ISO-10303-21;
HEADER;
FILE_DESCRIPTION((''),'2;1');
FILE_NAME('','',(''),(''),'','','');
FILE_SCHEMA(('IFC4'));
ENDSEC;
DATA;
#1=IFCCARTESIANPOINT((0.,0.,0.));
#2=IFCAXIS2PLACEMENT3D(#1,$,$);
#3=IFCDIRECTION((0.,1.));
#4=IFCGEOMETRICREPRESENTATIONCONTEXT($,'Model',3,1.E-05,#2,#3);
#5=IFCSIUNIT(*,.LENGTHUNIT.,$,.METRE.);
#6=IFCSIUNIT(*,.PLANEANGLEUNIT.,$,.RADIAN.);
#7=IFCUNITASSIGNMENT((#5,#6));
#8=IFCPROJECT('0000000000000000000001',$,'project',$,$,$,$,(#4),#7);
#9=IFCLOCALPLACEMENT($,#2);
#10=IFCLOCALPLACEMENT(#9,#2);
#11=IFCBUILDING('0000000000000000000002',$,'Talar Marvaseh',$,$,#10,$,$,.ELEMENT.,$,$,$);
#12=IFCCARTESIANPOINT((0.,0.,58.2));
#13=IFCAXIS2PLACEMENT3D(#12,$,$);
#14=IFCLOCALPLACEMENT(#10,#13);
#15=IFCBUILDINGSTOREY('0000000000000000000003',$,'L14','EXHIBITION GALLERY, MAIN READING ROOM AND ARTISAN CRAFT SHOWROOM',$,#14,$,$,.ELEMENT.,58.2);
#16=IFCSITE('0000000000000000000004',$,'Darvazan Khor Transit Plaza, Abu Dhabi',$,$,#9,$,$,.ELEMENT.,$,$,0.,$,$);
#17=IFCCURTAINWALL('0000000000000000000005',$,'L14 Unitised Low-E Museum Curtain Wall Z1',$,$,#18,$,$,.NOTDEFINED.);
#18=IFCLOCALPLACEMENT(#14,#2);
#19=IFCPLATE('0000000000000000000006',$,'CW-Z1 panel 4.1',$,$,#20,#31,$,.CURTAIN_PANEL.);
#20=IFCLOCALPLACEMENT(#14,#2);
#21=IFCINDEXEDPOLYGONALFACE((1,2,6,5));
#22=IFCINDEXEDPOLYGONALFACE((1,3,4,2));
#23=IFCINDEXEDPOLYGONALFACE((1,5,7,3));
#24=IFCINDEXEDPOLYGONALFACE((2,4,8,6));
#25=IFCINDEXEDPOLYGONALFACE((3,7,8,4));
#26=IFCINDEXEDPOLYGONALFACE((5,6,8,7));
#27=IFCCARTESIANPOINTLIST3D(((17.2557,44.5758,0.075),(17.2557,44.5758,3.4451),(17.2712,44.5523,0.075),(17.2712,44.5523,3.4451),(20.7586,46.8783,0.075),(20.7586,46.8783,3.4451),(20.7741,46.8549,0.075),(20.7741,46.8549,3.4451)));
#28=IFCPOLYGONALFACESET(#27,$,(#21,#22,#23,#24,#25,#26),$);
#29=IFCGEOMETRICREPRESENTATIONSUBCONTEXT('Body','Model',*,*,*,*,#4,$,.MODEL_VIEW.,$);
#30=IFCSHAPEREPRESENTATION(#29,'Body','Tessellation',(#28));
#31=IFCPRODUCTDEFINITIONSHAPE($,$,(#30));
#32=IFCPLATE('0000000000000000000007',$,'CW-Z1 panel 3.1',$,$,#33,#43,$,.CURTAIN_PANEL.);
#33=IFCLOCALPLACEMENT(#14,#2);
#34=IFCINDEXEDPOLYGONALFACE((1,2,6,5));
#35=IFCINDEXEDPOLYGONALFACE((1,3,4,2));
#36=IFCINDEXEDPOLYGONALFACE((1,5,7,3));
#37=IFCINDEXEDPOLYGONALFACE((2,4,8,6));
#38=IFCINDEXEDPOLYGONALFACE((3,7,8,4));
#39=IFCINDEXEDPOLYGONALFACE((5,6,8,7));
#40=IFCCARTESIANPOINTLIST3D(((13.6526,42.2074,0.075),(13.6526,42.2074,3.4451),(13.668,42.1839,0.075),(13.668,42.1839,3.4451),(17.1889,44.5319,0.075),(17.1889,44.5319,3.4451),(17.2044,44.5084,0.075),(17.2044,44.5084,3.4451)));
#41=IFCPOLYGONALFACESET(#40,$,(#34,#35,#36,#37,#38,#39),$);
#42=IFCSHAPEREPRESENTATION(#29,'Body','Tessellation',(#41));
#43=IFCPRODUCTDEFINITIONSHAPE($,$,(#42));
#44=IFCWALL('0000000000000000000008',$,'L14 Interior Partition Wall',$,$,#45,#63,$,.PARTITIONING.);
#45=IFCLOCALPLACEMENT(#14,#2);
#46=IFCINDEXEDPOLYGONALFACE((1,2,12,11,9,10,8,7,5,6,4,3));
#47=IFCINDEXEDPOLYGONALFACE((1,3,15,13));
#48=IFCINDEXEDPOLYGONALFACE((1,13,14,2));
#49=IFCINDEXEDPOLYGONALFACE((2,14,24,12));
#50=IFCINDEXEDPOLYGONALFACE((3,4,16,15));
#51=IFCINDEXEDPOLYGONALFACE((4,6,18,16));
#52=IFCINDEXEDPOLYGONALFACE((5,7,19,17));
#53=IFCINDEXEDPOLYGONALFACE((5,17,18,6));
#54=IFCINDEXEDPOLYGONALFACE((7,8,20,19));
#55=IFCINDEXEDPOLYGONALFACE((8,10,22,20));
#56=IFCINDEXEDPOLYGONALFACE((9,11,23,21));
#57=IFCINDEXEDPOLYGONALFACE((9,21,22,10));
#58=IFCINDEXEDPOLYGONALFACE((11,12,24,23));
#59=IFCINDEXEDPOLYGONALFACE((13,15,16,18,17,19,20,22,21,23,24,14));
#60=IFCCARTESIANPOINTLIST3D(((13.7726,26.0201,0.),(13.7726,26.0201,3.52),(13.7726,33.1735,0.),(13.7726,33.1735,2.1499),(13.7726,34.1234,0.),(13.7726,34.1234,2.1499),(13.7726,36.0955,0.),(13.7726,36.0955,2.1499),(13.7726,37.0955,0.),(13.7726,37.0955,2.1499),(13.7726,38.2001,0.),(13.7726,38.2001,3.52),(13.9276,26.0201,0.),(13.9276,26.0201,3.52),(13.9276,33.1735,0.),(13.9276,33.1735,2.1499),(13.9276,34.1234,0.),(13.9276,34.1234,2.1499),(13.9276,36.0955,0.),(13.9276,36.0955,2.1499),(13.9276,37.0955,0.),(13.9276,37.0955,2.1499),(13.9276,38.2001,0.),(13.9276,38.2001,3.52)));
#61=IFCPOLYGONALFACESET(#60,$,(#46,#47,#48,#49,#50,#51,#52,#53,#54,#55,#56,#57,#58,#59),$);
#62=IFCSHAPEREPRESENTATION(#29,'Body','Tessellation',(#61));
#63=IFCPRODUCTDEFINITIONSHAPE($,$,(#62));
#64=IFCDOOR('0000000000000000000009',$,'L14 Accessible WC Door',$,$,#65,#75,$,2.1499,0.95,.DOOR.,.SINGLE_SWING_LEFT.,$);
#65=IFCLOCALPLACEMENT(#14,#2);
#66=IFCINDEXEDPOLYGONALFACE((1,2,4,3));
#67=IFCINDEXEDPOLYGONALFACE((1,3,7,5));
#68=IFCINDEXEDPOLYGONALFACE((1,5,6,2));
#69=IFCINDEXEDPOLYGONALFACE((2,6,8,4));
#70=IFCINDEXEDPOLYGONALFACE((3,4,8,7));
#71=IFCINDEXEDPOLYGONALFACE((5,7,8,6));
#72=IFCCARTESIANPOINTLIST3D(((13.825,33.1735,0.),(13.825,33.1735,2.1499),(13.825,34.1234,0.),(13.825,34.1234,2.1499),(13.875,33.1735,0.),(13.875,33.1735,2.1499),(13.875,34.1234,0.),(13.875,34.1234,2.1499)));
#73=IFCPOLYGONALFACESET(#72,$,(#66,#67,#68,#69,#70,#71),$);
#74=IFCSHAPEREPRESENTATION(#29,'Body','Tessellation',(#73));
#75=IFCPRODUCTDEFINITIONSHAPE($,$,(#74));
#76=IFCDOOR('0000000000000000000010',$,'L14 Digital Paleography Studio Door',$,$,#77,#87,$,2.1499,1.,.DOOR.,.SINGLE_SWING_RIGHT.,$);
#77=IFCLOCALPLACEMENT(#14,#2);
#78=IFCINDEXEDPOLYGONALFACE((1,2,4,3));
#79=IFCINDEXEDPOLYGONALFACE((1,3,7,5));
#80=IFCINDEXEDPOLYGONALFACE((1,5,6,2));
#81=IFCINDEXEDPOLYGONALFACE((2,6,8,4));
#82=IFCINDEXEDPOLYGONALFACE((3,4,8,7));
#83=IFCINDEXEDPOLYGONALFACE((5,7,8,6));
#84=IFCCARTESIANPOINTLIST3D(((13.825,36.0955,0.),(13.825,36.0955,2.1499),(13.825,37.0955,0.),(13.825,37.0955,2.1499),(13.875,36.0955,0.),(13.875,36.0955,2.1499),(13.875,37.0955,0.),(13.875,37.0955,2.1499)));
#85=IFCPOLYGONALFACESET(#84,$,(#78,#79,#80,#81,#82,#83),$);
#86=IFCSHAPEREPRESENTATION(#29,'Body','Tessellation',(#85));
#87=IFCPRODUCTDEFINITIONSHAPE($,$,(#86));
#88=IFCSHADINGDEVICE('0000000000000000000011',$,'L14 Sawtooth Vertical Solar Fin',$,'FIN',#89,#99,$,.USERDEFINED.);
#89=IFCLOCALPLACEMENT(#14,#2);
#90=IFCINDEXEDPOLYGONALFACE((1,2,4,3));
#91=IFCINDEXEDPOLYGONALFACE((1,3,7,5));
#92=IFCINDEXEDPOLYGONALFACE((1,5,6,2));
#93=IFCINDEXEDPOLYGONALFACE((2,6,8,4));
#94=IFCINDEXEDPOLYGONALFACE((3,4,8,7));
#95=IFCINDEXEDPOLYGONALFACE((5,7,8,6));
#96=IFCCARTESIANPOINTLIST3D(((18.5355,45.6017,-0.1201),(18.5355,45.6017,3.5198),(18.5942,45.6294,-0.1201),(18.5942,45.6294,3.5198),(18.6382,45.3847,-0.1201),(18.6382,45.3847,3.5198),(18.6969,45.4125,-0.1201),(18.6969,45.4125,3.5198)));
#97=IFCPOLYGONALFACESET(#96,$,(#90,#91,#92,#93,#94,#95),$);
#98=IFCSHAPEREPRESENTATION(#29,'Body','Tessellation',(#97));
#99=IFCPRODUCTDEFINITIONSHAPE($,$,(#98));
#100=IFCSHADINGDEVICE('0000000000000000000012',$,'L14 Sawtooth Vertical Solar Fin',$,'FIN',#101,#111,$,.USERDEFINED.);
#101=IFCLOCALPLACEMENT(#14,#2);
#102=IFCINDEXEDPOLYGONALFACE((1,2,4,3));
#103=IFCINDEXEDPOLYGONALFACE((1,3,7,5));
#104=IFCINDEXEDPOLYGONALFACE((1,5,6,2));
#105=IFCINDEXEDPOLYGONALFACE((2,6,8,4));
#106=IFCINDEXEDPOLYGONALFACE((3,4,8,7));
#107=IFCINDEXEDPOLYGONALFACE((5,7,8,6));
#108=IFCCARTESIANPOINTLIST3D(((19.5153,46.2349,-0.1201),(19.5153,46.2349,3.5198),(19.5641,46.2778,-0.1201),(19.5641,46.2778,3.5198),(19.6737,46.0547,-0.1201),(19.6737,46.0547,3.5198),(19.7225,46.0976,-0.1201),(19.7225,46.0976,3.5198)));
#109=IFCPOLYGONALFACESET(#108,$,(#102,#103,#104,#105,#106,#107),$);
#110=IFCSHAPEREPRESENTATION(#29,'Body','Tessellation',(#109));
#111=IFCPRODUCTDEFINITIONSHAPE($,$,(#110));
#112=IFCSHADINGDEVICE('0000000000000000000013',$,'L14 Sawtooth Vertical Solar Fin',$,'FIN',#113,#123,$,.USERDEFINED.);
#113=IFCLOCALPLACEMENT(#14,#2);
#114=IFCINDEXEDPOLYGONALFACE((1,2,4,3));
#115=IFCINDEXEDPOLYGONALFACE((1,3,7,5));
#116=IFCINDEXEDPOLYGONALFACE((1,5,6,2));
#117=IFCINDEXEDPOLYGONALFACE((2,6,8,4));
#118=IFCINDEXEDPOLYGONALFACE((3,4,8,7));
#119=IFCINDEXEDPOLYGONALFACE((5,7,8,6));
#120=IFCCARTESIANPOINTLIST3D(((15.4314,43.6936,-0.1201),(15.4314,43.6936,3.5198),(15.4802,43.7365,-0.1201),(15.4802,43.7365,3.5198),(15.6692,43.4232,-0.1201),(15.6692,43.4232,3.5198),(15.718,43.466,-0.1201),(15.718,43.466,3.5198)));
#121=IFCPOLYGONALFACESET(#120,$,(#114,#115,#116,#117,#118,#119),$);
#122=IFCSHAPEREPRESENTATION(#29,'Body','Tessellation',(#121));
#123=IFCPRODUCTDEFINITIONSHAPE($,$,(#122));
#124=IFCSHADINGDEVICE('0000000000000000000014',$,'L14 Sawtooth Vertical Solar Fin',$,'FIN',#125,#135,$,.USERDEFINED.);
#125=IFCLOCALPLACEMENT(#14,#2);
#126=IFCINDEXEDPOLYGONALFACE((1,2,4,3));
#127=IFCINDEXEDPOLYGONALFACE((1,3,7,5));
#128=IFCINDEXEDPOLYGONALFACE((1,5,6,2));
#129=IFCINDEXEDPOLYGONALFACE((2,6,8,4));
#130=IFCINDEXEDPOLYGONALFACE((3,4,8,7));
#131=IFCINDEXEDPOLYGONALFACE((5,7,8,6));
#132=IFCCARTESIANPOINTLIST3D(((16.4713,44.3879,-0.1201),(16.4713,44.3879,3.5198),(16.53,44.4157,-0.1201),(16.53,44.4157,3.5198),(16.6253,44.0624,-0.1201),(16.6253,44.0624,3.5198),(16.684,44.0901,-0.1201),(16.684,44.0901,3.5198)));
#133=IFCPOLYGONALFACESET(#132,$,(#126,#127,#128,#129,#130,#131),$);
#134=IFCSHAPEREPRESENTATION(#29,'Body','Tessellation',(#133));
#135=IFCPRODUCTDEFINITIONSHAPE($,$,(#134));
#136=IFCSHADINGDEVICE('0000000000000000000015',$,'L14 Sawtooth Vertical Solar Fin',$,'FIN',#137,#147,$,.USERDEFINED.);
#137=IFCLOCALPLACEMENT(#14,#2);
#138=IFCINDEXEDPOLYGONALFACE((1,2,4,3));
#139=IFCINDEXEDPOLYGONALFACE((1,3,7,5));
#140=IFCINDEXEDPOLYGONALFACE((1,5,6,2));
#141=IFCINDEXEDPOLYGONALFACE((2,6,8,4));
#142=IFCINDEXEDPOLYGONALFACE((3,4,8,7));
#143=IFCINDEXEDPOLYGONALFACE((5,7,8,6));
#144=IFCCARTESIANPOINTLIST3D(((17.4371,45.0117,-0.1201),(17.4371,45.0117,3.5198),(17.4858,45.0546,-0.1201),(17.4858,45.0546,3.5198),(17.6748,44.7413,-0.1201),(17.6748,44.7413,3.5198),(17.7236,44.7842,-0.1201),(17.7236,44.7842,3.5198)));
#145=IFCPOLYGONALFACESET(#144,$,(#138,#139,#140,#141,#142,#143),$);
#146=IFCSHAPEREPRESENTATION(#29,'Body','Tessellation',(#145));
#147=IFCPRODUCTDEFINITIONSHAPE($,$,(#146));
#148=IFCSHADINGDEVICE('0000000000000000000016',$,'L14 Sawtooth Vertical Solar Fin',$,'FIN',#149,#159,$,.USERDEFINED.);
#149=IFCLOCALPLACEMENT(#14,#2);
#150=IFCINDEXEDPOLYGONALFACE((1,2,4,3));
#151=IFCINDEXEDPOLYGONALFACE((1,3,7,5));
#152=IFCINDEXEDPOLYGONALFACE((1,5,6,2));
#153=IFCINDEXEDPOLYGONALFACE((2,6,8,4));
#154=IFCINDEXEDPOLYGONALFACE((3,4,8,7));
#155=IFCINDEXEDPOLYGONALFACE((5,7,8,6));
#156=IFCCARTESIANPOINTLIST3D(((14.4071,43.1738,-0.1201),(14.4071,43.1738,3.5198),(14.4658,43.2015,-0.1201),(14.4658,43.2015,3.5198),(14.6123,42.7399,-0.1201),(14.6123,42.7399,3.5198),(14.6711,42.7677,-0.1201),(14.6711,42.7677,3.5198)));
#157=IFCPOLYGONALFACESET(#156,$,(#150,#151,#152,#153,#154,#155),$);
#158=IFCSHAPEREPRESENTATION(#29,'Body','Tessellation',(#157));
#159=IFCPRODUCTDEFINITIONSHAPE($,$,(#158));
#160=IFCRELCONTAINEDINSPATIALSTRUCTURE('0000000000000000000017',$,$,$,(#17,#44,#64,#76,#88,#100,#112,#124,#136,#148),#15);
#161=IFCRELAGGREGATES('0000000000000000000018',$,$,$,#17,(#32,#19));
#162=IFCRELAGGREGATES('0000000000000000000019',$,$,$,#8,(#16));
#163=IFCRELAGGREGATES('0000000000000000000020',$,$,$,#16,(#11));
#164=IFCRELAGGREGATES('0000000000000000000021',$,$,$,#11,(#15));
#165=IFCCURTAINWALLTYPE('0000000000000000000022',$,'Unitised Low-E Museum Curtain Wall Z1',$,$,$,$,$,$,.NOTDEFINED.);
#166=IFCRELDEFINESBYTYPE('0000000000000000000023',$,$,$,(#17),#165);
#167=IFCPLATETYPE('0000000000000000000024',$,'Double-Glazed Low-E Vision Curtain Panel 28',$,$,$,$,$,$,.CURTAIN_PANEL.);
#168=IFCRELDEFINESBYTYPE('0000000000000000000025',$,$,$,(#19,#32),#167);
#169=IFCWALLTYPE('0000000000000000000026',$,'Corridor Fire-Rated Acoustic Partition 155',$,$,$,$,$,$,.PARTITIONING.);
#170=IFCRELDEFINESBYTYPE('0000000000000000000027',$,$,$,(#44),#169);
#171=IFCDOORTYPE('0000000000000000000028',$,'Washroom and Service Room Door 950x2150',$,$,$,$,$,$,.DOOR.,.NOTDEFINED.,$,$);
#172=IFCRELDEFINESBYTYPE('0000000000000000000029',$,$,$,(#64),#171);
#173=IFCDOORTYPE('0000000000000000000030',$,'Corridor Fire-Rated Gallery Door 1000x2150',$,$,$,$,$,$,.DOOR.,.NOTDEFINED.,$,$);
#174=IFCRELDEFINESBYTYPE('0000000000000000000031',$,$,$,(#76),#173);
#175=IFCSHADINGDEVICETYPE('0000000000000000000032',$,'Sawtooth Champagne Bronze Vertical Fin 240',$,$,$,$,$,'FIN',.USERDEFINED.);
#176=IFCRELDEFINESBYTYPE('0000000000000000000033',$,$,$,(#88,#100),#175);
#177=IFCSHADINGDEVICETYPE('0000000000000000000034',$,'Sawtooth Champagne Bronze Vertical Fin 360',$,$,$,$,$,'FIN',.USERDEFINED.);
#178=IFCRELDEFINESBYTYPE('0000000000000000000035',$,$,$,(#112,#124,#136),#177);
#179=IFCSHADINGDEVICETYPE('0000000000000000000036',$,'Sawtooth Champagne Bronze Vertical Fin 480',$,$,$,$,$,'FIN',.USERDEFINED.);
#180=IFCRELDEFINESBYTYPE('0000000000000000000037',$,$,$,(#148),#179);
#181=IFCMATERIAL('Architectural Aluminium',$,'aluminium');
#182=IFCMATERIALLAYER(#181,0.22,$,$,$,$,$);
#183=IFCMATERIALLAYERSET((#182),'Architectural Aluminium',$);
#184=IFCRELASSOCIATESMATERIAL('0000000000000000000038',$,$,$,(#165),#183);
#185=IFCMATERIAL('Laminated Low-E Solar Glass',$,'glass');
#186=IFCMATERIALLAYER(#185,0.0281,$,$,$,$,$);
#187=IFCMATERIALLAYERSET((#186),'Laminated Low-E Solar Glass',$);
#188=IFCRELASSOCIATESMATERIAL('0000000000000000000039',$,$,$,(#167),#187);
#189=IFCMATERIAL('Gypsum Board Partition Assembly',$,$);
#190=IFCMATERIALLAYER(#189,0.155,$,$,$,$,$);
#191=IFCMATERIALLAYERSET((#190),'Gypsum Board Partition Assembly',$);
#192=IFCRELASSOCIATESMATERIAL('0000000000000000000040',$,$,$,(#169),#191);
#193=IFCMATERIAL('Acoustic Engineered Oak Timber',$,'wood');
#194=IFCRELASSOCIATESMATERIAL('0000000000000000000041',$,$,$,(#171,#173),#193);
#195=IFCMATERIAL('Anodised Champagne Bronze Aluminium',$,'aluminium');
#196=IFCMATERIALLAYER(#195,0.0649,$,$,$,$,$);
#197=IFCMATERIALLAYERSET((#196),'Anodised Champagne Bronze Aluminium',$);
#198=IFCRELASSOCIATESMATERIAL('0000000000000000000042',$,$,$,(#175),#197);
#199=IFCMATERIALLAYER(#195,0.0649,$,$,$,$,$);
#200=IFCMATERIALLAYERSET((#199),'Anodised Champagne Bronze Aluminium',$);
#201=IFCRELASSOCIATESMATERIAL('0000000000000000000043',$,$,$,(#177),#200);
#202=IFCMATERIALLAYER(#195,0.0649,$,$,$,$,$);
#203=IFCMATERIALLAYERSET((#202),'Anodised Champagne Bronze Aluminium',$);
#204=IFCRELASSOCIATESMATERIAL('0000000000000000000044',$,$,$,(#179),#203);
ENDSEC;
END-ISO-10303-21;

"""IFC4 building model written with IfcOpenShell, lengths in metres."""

from ifc_helpers import new_model, si_unit, direction, frame, frame_2d, origin, origin_2d, place, context, subcontext, project, spatial, rectangle, extrude, source, transform, mapped, material, layer, layer_set, type_object, type_shapes, element, fill, aggregate, save


model = new_model("IFC4")

# Units and contexts
model_context = context("Model", 3, precision=1e-05, world=origin(), true_north=direction((0.0, 1.0)))
body_context = subcontext(model_context, "Body", "Model", "MODEL_VIEW")
ifc_project = project(units=[si_unit("LENGTHUNIT", "METRE"), si_unit("PLANEANGLEUNIT", "RADIAN")], contexts=[model_context])

# Site, building, storey
site_placement = place(None, origin())
site = spatial("IfcSite", under=ifc_project, at=site_placement, Name="Darvazan Khor Transit Plaza, Abu Dhabi", CompositionType="ELEMENT", RefElevation=0.0)
building_placement = place(site_placement, origin())
building = spatial("IfcBuilding", under=site, at=building_placement, Name="Talar Marvaseh", CompositionType="ELEMENT")
storey_placement = place(building_placement, frame((0.0, 0.0, 58.2)))
storey = spatial("IfcBuildingStorey", under=building, at=storey_placement, Name="L14", Description="EXHIBITION GALLERY, MAIN READING ROOM AND ARTISAN CRAFT SHOWROOM", CompositionType="ELEMENT", Elevation=58.2)

# Curtain wall, plates
ifc_material_1 = material(Name="Architectural Aluminium", Category="aluminium")
ifc_layer_1 = layer(ifc_material_1, 0.22)
ifc_layer_set_1 = layer_set([ifc_layer_1], Name="Architectural Aluminium")
curtain_wall_type = type_object("IfcCurtainWallType", Name="Unitised Low-E Museum Curtain Wall Z1", PredefinedType="NOTDEFINED", material=ifc_layer_set_1)
curtain_wall_placement = place(storey_placement, origin())
curtain_wall = element("IfcCurtainWall", 1, at=curtain_wall_placement, inside=storey, type_object=curtain_wall_type, Name="L14 Unitised Low-E Museum Curtain Wall Z1", PredefinedType="NOTDEFINED")
ifc_material_2 = material(Name="Laminated Low-E Solar Glass", Category="glass")
ifc_layer_2 = layer(ifc_material_2, 0.0281)
ifc_layer_set_2 = layer_set([ifc_layer_2], Name="Laminated Low-E Solar Glass")
plate_type = type_object("IfcPlateType", Name="Double-Glazed Low-E Vision Curtain Panel 28", PredefinedType="CURTAIN_PANEL", material=ifc_layer_set_2)
shared_shape_1 = source(origin(), body_context, "Body", "SweptSolid", [
    extrude(rectangle(XDim=4.1919, YDim=0.0281, at=origin_2d()), origin(), (0.0, 0.0, 1.0), 3.3701),
])
plate_1_placement = place(storey_placement, frame((19.0149, 45.7153, 0.075), z_axis=(0.0, 0.0, 1.0), x_axis=(0.835636, 0.549283, 0.0)))
plate_1 = element("IfcPlate", 2, at=plate_1_placement, type_object=plate_type, Name="CW-Z1 panel 4.1", PredefinedType="CURTAIN_PANEL", context=body_context, shape_type="MappedRepresentation", body=[
    mapped(shared_shape_1, transform((0.0, 0.0, 0.0), x_axis=(1.0, 0.0, 0.0), y_axis=(0.0, 1.0, 0.0), z_axis=(0.0, 0.0, 1.0), scale=1.0)),
])
shared_shape_2 = source(origin(), body_context, "Body", "SweptSolid", [
    extrude(rectangle(XDim=4.2319, YDim=0.0281, at=origin_2d()), origin(), (0.0, 0.0, 1.0), 3.3701),
])
type_shapes(plate_type, [shared_shape_1, shared_shape_2])
plate_2_placement = place(storey_placement, frame((15.4285, 43.3579, 0.075), z_axis=(0.0, 0.0, 1.0), x_axis=(0.835636, 0.549283, 0.0)))
plate_2 = element("IfcPlate", 3, at=plate_2_placement, type_object=plate_type, Name="CW-Z1 panel 3.1", PredefinedType="CURTAIN_PANEL", context=body_context, shape_type="MappedRepresentation", body=[
    mapped(shared_shape_2, transform((0.0, 0.0, 0.0), x_axis=(1.0, 0.0, 0.0), y_axis=(0.0, 1.0, 0.0), z_axis=(0.0, 0.0, 1.0), scale=1.0)),
])
aggregate(curtain_wall, [plate_2, plate_1])

# Wall, openings, doors
ifc_material_3 = material(Name="Gypsum Board Partition Assembly")
ifc_layer_3 = layer(ifc_material_3, 0.155)
ifc_layer_set_3 = layer_set([ifc_layer_3], Name="Gypsum Board Partition Assembly")
wall_type = type_object("IfcWallType", Name="Corridor Fire-Rated Acoustic Partition 155", PredefinedType="PARTITIONING", material=ifc_layer_set_3)
wall_placement = place(storey_placement, frame((13.8501, 38.2, 0.0), z_axis=(0.0, 0.0, 1.0), x_axis=(0.0, -1.0, 0.0)))
wall = element("IfcWall", 4, at=wall_placement, inside=storey, type_object=wall_type, Name="L14 Interior Partition Wall", PredefinedType="PARTITIONING", context=body_context, shape_type="SweptSolid", body=[
    extrude(rectangle(XDim=12.1799, YDim=0.155, at=frame_2d((6.0898, 0.0))), origin(), (0.0, 0.0, 1.0), 3.52),
])
opening_1_placement = place(wall_placement, frame((1.1045, 0.0, 0.0)))
opening_1 = element("IfcOpeningElement", 5, at=opening_1_placement, cuts=wall, PredefinedType="OPENING", context=body_context, shape_type="SweptSolid", body=[
    extrude(rectangle(XDim=1.0, YDim=2.1499, at=frame_2d((0.5, 1.075))), frame((0.0, 0.0874, 0.0), z_axis=(0.0, -1.0, 0.0), x_axis=(1.0, 0.0, 0.0)), (0.0, 0.0, 1.0), 0.175),
])
opening_2_placement = place(wall_placement, frame((4.0764, 0.0, 0.0)))
opening_2 = element("IfcOpeningElement", 6, at=opening_2_placement, cuts=wall, PredefinedType="OPENING", context=body_context, shape_type="SweptSolid", body=[
    extrude(rectangle(XDim=0.95, YDim=2.1499, at=frame_2d((0.4751, 1.075))), frame((0.0, 0.0874, 0.0), z_axis=(0.0, -1.0, 0.0), x_axis=(1.0, 0.0, 0.0)), (0.0, 0.0, 1.0), 0.175),
])
ifc_material_4 = material(Name="Acoustic Engineered Oak Timber", Category="wood")
door_type_1 = type_object("IfcDoorType", Name="Washroom and Service Room Door 950x2150", OperationType="NOTDEFINED", PredefinedType="DOOR", material=ifc_material_4)
shared_shape_3 = source(origin(), body_context, "Body", "SweptSolid", [
    extrude(rectangle(XDim=0.95, YDim=2.1499, at=frame_2d((0.4751, 1.075))), frame((0.0, 0.0249, 0.0), z_axis=(0.0, -1.0, 0.0), x_axis=(1.0, 0.0, 0.0)), (0.0, 0.0, 1.0), 0.05),
])
type_shapes(door_type_1, [shared_shape_3])
door_1_placement = place(opening_2_placement, origin())
door_1 = element("IfcDoor", 7, at=door_1_placement, inside=storey, type_object=door_type_1, Name="L14 Accessible WC Door", OperationType="SINGLE_SWING_LEFT", OverallHeight=2.1499, OverallWidth=0.95, PredefinedType="DOOR", context=body_context, shape_type="MappedRepresentation", body=[
    mapped(shared_shape_3, transform((0.0, 0.0, 0.0), x_axis=(1.0, 0.0, 0.0), y_axis=(0.0, 1.0, 0.0), z_axis=(0.0, 0.0, 1.0), scale=1.0)),
])
fill(opening_2, door_1)
door_type_2 = type_object("IfcDoorType", Name="Corridor Fire-Rated Gallery Door 1000x2150", OperationType="NOTDEFINED", PredefinedType="DOOR", material=ifc_material_4)
shared_shape_4 = source(origin(), body_context, "Body", "SweptSolid", [
    extrude(rectangle(XDim=1.0, YDim=2.1499, at=frame_2d((0.5, 1.075))), frame((0.0, 0.0249, 0.0), z_axis=(0.0, -1.0, 0.0), x_axis=(1.0, 0.0, 0.0)), (0.0, 0.0, 1.0), 0.05),
])
type_shapes(door_type_2, [shared_shape_4])
door_2_placement = place(opening_1_placement, origin())
door_2 = element("IfcDoor", 8, at=door_2_placement, inside=storey, type_object=door_type_2, Name="L14 Digital Paleography Studio Door", OperationType="SINGLE_SWING_RIGHT", OverallHeight=2.1499, OverallWidth=1.0, PredefinedType="DOOR", context=body_context, shape_type="MappedRepresentation", body=[
    mapped(shared_shape_4, transform((0.0, 0.0, 0.0), x_axis=(1.0, 0.0, 0.0), y_axis=(0.0, 1.0, 0.0), z_axis=(0.0, 0.0, 1.0), scale=1.0)),
])
fill(opening_1, door_2)

# Shading devices
ifc_material_5 = material(Name="Anodised Champagne Bronze Aluminium", Category="aluminium")
ifc_layer_4 = layer(ifc_material_5, 0.0649)
ifc_layer_set_4 = layer_set([ifc_layer_4], Name="Anodised Champagne Bronze Aluminium")
shading_device_type_1 = type_object("IfcShadingDeviceType", Name="Sawtooth Champagne Bronze Vertical Fin 240", ElementType="FIN", PredefinedType="USERDEFINED", material=ifc_layer_set_4)
shared_shape_5 = source(origin(), body_context, "Body", "SweptSolid", [
    extrude(rectangle(XDim=0.24, YDim=0.0649, at=origin_2d()), origin(), (0.0, 0.0, 1.0), 3.6399),
])
type_shapes(shading_device_type_1, [shared_shape_5])
for number, where, z_axis, x_axis, name in (
    (9, (18.6162, 45.5071, -0.1201), (0.0, 0.0, 1.0), (-0.427673, 0.903933, 0.0), "L14 Sawtooth Vertical Solar Fin"),
    (10, (19.6189, 46.1663, -0.1201), (0.0, 0.0, 1.0), (-0.660264, 0.751034, 0.0), "L14 Sawtooth Vertical Solar Fin"),
):
    element("IfcShadingDevice", number, at=place(storey_placement, frame(where, z_axis=z_axis, x_axis=x_axis)), inside=storey, type_object=shading_device_type_1, Name=name, ObjectType="FIN", PredefinedType="USERDEFINED", context=body_context, shape_type="MappedRepresentation", body=[
        mapped(shared_shape_5, transform((0.0, 0.0, 0.0), x_axis=(1.0, 0.0, 0.0), y_axis=(0.0, 1.0, 0.0), z_axis=(0.0, 0.0, 1.0), scale=1.0)),
    ])
ifc_layer_5 = layer(ifc_material_5, 0.0649)
ifc_layer_set_5 = layer_set([ifc_layer_5], Name="Anodised Champagne Bronze Aluminium")
shading_device_type_2 = type_object("IfcShadingDeviceType", Name="Sawtooth Champagne Bronze Vertical Fin 360", ElementType="FIN", PredefinedType="USERDEFINED", material=ifc_layer_set_5)
shared_shape_6 = source(origin(), body_context, "Body", "SweptSolid", [
    extrude(rectangle(XDim=0.3601, YDim=0.0649, at=origin_2d()), origin(), (0.0, 0.0, 1.0), 3.6399),
])
type_shapes(shading_device_type_2, [shared_shape_6])
for number, where, z_axis, x_axis, name in (
    (11, (15.5747, 43.5798, -0.1201), (0.0, 0.0, 1.0), (-0.660264, 0.751034, 0.0), "L14 Sawtooth Vertical Solar Fin"),
    (12, (16.5776, 44.239, -0.1201), (0.0, 0.0, 1.0), (-0.427673, 0.903933, 0.0), "L14 Sawtooth Vertical Solar Fin"),
    (13, (17.5803, 44.8979, -0.1201), (0.0, 0.0, 1.0), (-0.660264, 0.751034, 0.0), "L14 Sawtooth Vertical Solar Fin"),
):
    element("IfcShadingDevice", number, at=place(storey_placement, frame(where, z_axis=z_axis, x_axis=x_axis)), inside=storey, type_object=shading_device_type_2, Name=name, ObjectType="FIN", PredefinedType="USERDEFINED", context=body_context, shape_type="MappedRepresentation", body=[
        mapped(shared_shape_6, transform((0.0, 0.0, 0.0), x_axis=(1.0, 0.0, 0.0), y_axis=(0.0, 1.0, 0.0), z_axis=(0.0, 0.0, 1.0), scale=1.0)),
    ])
ifc_layer_6 = layer(ifc_material_5, 0.0649)
ifc_layer_set_6 = layer_set([ifc_layer_6], Name="Anodised Champagne Bronze Aluminium")
shading_device_type_3 = type_object("IfcShadingDeviceType", Name="Sawtooth Champagne Bronze Vertical Fin 480", ElementType="FIN", PredefinedType="USERDEFINED", material=ifc_layer_set_6)
shared_shape_7 = source(origin(), body_context, "Body", "SweptSolid", [
    extrude(rectangle(XDim=0.48, YDim=0.0649, at=origin_2d()), origin(), (0.0, 0.0, 1.0), 3.6399),
])
type_shapes(shading_device_type_3, [shared_shape_7])
shading_device_placement = place(storey_placement, frame((14.5391, 42.9707, -0.1201), z_axis=(0.0, 0.0, 1.0), x_axis=(-0.427673, 0.903933, 0.0)))
element("IfcShadingDevice", 14, at=shading_device_placement, inside=storey, type_object=shading_device_type_3, Name="L14 Sawtooth Vertical Solar Fin", ObjectType="FIN", PredefinedType="USERDEFINED", context=body_context, shape_type="MappedRepresentation", body=[
    mapped(shared_shape_7, transform((0.0, 0.0, 0.0), x_axis=(1.0, 0.0, 0.0), y_axis=(0.0, 1.0, 0.0), z_axis=(0.0, 0.0, 1.0), scale=1.0)),
])

save(model, "model.ifc")
